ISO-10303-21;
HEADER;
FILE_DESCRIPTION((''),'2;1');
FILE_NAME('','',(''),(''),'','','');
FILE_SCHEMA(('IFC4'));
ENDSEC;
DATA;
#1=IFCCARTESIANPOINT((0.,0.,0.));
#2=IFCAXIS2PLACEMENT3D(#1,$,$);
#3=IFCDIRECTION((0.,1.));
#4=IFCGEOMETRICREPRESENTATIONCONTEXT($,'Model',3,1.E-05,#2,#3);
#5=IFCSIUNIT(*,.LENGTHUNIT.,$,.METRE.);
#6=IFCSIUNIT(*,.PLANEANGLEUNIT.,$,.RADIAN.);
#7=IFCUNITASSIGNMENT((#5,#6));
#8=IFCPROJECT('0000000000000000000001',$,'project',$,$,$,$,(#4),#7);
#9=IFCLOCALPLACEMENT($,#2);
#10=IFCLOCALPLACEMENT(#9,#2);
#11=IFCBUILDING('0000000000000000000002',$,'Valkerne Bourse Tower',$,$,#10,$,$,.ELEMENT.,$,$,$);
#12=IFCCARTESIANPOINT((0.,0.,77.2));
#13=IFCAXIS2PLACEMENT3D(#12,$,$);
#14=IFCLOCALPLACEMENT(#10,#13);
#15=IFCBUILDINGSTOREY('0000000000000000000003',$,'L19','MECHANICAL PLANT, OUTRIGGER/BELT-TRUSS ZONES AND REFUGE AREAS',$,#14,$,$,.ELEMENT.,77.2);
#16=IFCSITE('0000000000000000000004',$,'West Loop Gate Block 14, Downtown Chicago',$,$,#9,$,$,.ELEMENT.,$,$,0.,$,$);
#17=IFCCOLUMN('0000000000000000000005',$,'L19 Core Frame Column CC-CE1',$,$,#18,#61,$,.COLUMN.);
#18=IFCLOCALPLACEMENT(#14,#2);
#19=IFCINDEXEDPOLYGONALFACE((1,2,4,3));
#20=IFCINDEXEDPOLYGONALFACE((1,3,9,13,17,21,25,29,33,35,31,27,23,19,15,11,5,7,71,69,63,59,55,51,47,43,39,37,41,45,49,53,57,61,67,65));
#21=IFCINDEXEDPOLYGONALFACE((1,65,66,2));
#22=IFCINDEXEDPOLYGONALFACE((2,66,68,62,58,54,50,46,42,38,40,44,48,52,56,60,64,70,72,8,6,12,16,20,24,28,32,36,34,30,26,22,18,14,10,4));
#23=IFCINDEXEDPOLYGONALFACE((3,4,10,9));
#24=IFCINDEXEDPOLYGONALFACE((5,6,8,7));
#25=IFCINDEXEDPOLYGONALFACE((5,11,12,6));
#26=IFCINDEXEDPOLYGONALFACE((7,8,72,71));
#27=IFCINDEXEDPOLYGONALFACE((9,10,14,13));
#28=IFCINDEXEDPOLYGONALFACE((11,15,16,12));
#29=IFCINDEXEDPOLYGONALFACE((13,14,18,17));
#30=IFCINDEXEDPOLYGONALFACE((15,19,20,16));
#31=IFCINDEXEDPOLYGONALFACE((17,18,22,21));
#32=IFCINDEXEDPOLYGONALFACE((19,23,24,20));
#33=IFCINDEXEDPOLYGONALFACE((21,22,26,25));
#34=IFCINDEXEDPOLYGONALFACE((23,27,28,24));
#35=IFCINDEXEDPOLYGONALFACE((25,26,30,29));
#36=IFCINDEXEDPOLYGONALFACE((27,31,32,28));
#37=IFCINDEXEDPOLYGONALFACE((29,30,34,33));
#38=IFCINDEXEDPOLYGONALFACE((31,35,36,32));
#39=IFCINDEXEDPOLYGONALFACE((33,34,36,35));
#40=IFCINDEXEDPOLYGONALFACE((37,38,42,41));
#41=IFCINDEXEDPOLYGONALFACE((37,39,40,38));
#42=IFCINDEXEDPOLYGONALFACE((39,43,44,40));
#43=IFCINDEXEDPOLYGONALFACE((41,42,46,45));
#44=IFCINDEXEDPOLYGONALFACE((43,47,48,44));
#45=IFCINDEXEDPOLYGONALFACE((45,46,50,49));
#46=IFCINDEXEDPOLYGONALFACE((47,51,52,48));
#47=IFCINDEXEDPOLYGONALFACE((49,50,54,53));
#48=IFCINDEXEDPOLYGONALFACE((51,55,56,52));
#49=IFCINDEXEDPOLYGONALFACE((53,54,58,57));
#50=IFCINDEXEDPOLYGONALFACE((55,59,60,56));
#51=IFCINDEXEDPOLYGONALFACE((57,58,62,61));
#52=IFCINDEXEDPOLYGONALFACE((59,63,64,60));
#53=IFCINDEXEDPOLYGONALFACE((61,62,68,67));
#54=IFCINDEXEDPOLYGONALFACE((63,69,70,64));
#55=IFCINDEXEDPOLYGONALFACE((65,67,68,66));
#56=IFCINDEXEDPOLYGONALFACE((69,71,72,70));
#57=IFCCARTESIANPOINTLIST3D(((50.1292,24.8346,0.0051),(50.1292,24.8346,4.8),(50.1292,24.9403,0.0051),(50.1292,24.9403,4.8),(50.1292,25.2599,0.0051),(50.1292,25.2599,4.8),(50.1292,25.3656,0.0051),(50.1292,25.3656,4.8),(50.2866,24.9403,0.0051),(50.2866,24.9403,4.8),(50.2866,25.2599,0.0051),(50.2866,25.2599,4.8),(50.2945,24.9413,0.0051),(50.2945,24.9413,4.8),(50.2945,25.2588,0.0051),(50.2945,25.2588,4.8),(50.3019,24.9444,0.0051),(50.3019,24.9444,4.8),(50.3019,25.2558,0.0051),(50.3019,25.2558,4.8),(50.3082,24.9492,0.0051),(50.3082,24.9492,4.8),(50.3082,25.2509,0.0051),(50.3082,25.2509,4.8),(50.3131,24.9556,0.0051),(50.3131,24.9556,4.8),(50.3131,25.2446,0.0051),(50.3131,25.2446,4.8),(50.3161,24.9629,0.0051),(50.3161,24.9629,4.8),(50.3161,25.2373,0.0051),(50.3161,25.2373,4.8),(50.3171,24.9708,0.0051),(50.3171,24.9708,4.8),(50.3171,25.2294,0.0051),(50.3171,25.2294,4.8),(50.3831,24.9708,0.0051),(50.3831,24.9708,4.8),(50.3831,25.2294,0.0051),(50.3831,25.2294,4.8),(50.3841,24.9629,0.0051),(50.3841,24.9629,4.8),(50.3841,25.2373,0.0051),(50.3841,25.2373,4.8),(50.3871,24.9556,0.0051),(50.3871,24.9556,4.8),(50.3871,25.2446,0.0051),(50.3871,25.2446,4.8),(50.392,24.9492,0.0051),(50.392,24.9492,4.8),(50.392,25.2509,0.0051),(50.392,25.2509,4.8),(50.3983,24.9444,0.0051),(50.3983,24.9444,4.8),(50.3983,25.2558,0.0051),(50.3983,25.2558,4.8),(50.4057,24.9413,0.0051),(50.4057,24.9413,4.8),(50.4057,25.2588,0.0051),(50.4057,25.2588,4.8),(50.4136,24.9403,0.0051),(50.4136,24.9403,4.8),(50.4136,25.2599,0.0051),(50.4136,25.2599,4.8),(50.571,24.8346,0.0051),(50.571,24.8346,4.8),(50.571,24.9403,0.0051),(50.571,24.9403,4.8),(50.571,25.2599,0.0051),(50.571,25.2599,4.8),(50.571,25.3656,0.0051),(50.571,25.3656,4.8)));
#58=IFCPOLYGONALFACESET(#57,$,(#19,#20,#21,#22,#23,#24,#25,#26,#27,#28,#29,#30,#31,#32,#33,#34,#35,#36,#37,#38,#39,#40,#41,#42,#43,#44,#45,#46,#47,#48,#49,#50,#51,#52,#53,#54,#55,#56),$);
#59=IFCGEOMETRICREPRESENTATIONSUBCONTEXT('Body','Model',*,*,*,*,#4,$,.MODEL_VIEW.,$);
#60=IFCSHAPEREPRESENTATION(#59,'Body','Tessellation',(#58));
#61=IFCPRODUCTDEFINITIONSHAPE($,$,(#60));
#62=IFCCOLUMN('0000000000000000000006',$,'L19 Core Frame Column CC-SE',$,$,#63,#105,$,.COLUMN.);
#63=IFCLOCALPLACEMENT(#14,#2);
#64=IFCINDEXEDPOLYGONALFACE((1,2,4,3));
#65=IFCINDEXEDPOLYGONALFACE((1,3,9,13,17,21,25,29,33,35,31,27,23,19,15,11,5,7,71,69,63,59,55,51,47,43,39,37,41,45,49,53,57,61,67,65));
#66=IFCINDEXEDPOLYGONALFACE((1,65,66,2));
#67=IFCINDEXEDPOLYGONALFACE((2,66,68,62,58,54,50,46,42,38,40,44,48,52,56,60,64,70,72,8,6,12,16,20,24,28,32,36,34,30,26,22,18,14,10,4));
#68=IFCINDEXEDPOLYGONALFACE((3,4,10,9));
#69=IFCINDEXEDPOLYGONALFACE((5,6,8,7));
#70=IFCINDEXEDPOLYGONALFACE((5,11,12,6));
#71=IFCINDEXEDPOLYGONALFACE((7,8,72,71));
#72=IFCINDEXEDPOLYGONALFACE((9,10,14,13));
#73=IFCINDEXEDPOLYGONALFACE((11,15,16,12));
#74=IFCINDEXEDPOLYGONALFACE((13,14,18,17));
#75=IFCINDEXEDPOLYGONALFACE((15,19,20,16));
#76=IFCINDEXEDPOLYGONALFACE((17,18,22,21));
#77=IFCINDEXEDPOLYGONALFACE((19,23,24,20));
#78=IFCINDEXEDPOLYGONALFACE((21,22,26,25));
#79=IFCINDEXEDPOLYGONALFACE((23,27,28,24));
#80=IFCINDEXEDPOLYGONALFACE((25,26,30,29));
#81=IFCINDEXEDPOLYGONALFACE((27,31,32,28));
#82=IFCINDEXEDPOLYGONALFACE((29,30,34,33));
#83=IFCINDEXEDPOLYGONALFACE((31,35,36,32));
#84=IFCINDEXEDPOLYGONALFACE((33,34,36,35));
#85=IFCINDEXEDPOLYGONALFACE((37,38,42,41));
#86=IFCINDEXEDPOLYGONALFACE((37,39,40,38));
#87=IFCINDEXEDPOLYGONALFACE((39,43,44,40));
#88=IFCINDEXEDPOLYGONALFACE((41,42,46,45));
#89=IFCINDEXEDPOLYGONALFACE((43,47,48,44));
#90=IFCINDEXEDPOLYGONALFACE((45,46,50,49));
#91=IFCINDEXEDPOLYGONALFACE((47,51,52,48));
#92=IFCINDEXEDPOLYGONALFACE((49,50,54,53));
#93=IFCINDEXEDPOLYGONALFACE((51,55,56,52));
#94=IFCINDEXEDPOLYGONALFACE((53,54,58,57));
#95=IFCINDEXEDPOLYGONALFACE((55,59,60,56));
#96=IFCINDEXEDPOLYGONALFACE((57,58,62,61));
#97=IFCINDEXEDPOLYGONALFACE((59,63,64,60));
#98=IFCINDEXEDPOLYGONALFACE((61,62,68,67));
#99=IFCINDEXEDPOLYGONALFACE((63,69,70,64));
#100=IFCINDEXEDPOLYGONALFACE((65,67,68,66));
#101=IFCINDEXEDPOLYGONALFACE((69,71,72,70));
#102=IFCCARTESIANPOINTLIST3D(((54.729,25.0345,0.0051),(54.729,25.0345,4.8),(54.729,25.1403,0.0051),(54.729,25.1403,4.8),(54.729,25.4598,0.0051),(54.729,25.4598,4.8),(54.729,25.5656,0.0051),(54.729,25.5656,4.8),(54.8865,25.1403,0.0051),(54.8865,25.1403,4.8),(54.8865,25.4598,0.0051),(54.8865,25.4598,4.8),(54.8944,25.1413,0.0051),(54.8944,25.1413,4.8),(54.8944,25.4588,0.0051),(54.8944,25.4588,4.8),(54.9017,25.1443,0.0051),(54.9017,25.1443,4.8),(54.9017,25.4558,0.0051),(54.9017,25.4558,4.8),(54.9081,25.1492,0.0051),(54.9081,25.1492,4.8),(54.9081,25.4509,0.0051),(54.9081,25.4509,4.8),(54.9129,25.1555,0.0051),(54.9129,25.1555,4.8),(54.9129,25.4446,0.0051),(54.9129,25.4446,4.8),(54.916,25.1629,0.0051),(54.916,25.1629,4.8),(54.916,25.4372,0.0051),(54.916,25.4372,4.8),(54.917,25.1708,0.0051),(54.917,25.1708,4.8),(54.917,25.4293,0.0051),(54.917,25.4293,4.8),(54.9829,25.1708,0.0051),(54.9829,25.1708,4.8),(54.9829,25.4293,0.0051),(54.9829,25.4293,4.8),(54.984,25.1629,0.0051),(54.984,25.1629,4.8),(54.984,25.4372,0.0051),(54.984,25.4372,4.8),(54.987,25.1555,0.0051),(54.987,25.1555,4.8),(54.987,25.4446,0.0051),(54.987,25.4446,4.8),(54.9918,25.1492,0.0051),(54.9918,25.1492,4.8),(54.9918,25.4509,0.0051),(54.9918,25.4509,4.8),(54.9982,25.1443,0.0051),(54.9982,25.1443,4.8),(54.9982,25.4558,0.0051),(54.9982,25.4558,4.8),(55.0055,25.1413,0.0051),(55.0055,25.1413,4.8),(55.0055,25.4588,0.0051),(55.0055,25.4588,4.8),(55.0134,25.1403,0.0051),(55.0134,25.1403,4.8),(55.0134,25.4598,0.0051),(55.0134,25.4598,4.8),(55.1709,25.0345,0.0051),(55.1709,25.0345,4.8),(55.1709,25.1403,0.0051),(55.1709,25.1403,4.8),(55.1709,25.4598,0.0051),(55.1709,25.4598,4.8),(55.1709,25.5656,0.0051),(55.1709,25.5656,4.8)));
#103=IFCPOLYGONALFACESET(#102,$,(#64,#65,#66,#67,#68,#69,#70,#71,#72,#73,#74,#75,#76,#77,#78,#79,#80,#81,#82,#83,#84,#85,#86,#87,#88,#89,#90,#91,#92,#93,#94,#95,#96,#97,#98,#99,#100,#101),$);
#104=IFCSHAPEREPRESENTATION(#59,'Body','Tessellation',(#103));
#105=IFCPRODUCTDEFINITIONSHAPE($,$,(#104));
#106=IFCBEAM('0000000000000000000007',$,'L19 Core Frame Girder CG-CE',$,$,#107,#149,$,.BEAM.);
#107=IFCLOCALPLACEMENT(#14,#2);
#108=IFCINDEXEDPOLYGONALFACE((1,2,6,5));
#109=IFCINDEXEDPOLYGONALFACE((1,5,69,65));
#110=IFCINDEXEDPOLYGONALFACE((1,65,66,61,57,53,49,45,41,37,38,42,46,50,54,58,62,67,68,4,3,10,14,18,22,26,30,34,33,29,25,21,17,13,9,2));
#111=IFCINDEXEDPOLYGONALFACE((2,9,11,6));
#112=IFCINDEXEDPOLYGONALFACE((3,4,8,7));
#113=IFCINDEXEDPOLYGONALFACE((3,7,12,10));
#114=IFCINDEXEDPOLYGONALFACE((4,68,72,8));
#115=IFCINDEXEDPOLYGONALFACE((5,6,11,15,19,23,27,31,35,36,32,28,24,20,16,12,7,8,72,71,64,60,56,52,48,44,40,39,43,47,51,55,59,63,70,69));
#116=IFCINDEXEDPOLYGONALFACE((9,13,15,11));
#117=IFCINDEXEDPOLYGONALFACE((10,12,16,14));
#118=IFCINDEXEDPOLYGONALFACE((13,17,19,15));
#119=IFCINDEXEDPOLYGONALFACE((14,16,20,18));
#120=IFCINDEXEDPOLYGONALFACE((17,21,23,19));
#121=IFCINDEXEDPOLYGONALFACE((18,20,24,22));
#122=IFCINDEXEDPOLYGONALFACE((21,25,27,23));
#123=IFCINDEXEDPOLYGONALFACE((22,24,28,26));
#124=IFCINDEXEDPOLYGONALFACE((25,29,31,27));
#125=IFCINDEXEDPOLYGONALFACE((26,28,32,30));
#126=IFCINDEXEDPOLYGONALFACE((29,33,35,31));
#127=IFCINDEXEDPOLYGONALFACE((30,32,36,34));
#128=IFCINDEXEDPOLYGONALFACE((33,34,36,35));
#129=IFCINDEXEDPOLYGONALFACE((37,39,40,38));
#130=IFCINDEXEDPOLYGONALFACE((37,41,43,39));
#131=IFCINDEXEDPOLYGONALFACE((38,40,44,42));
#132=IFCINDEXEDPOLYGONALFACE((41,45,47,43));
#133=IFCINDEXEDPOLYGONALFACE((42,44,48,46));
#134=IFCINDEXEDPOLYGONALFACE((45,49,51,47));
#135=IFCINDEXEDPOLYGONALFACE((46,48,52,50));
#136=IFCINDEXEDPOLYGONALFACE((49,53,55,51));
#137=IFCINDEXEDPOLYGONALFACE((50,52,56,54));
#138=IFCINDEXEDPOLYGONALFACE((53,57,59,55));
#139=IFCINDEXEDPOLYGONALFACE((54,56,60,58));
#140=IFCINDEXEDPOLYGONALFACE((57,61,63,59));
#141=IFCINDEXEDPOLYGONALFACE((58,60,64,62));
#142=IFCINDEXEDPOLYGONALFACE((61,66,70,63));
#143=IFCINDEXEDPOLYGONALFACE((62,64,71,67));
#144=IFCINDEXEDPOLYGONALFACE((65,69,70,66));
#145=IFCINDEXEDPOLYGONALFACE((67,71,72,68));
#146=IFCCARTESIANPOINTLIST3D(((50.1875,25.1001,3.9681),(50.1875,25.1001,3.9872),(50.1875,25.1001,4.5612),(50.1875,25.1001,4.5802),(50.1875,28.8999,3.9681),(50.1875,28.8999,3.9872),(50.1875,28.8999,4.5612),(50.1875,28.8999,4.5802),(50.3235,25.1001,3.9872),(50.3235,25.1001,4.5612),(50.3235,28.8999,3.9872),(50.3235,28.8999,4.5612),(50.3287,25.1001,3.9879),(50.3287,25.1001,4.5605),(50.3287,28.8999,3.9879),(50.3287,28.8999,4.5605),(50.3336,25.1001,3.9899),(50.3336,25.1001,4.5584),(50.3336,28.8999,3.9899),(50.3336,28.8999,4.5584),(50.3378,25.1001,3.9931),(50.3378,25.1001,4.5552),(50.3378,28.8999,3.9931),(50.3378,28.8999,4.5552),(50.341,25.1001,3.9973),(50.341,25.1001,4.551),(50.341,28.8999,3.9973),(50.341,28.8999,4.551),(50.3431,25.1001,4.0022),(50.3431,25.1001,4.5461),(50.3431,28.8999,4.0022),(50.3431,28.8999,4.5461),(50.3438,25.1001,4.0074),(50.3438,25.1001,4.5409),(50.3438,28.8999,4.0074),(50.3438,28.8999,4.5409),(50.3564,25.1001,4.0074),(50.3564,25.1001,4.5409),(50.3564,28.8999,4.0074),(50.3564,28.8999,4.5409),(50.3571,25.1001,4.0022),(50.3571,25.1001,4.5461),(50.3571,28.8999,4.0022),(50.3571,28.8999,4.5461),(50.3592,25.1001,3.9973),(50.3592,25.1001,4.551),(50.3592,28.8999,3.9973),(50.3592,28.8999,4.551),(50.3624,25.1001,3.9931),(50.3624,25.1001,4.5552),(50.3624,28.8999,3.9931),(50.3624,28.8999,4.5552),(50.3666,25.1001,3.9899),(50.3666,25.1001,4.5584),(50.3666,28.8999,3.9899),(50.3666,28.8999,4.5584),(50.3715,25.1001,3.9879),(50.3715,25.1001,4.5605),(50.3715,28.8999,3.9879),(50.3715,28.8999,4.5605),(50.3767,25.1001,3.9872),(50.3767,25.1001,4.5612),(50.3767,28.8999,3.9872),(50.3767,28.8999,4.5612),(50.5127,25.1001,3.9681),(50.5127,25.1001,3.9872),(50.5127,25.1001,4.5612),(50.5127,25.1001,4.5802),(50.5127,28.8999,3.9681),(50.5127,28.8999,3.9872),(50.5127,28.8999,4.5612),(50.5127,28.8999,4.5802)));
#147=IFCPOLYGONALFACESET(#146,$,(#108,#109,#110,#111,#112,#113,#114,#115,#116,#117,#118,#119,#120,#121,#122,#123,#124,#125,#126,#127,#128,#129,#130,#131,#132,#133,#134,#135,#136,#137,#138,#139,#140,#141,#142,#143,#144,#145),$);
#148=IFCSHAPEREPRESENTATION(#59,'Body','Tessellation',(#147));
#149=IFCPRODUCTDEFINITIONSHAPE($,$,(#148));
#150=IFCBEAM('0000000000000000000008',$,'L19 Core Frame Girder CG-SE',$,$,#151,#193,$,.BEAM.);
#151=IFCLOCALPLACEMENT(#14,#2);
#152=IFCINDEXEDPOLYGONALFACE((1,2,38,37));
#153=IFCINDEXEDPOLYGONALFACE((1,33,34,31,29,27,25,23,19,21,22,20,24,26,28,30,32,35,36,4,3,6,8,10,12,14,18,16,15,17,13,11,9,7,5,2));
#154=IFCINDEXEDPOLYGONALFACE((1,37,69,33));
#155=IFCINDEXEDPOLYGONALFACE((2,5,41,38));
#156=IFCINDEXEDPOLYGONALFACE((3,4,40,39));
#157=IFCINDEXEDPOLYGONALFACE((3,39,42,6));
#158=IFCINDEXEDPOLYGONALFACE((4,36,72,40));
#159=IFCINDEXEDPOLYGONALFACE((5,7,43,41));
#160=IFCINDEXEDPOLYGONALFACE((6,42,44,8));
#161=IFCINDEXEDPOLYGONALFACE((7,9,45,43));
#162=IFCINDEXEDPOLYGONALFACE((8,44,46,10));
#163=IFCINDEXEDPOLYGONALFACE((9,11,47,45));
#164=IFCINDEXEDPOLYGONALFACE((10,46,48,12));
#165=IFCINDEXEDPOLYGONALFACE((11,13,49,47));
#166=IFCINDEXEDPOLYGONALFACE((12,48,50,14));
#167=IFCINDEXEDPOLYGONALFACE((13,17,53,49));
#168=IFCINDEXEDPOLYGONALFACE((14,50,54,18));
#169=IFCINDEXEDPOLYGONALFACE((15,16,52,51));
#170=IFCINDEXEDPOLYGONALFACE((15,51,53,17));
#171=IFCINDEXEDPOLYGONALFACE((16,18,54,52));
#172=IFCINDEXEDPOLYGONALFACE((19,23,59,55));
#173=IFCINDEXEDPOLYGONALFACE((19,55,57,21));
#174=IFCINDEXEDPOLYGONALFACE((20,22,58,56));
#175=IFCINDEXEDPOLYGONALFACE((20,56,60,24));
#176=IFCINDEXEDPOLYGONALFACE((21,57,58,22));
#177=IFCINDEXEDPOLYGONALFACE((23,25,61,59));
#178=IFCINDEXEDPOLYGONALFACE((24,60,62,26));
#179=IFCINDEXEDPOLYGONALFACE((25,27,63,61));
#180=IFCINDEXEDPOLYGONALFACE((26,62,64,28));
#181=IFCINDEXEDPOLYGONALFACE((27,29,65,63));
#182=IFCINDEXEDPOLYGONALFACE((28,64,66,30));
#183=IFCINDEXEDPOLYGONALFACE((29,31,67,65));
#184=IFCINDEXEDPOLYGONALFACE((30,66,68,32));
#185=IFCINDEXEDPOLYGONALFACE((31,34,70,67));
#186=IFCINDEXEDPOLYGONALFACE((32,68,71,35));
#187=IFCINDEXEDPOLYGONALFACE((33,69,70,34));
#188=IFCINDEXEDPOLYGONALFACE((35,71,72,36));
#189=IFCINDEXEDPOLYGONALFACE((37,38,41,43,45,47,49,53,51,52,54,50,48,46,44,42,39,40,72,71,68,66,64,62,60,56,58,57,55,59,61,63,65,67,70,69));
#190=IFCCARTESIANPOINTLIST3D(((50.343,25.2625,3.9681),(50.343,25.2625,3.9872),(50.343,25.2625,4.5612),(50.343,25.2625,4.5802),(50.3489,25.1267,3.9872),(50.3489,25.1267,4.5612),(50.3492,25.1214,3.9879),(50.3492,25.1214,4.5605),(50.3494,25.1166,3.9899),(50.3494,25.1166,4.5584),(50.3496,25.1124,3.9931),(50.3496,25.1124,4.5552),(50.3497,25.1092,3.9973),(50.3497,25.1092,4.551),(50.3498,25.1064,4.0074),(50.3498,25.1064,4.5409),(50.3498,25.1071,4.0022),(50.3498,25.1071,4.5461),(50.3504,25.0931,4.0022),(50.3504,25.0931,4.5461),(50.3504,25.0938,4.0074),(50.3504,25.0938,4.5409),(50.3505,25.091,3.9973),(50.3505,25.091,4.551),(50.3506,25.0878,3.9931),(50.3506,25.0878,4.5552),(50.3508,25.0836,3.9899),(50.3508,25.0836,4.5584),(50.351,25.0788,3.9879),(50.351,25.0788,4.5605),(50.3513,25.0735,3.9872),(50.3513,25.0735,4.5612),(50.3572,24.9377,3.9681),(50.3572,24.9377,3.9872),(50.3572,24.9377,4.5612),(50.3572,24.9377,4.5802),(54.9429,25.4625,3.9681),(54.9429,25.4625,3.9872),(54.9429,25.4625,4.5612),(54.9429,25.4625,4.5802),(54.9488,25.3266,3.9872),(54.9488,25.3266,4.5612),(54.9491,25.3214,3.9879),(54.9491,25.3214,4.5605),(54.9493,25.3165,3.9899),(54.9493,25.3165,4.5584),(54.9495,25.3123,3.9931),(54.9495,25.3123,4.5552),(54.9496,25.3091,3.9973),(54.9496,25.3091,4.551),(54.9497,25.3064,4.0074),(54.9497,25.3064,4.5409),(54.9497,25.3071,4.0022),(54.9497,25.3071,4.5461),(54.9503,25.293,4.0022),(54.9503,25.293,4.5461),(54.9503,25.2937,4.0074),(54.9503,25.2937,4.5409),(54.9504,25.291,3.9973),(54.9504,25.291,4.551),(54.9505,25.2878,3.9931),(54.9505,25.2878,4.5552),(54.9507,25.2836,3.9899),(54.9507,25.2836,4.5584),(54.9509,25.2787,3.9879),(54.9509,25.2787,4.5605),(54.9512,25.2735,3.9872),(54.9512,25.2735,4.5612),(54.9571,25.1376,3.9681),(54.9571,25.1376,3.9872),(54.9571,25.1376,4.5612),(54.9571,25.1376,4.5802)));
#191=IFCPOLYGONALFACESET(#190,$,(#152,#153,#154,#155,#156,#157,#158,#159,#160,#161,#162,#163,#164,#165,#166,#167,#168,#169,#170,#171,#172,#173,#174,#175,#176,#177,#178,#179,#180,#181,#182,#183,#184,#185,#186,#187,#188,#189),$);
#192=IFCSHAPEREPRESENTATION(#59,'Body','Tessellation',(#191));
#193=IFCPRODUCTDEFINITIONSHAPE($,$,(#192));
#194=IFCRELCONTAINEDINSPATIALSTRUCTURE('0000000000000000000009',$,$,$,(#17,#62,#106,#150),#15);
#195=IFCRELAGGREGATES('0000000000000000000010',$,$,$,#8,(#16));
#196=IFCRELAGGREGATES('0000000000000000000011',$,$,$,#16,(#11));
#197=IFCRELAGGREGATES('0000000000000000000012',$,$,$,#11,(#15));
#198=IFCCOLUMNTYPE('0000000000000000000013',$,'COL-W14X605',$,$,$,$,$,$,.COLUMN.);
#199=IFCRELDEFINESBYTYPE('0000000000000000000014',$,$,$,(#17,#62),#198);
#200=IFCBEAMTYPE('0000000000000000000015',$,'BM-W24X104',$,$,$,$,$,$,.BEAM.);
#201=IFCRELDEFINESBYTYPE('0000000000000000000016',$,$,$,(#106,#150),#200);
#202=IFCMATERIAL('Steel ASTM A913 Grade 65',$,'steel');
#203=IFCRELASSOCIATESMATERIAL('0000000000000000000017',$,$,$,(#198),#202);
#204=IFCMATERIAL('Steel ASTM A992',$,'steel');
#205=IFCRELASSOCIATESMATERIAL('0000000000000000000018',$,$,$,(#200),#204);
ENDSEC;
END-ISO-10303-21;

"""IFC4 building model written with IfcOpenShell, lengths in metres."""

from ifc_helpers import new_model, si_unit, direction, frame, origin, origin_2d, place, context, subcontext, project, spatial, i_section, extrude, material, material_profile, profile_set, type_object, element, save


model = new_model("IFC4")

# Units and contexts
model_context = context("Model", 3, precision=1e-05, world=origin(), true_north=direction((0.0, 1.0)))
body_context = subcontext(model_context, "Body", "Model", "MODEL_VIEW")
ifc_project = project(units=[si_unit("LENGTHUNIT", "METRE"), si_unit("PLANEANGLEUNIT", "RADIAN")], contexts=[model_context])

# Site, building, storey
site_placement = place(None, origin())
site = spatial("IfcSite", under=ifc_project, at=site_placement, Name="West Loop Gate Block 14, Downtown Chicago", CompositionType="ELEMENT", RefElevation=0.0)
building_placement = place(site_placement, origin())
building = spatial("IfcBuilding", under=site, at=building_placement, Name="Valkerne Bourse Tower", CompositionType="ELEMENT")
storey_placement = place(building_placement, frame((0.0, 0.0, 77.2)))
storey = spatial("IfcBuildingStorey", under=building, at=storey_placement, Name="L19", Description="MECHANICAL PLANT, OUTRIGGER/BELT-TRUSS ZONES AND REFUGE AREAS", CompositionType="ELEMENT", Elevation=77.2)

# Columns
ifc_material_1 = material(Name="Steel ASTM A913 Grade 65", Category="steel")
ifc_material_profile_1 = material_profile(ifc_material_1, i_section(OverallWidth=0.4419, OverallDepth=0.531, WebThickness=0.0659, FlangeThickness=0.1057, FilletRadius=0.0305, at=origin_2d()), Name="W14X605")
ifc_profile_set_1 = profile_set([ifc_material_profile_1], Name="Steel ASTM A913 Grade 65")
column_type = type_object("IfcColumnType", Name="COL-W14X605", PredefinedType="COLUMN", material=ifc_profile_set_1)
for number, where, z_axis, x_axis, name in (
    (1, (50.3501, 25.1001, 0.0051), (0.0, 0.0, 1.0), (1.0, 0.0, 0.0), "L19 Core Frame Column CC-CE1"),
    (2, (54.95, 25.3, 0.0051), (0.0, 0.0, 1.0), (1.0, 0.0, 0.0), "L19 Core Frame Column CC-SE"),
):
    element("IfcColumn", number, at=place(storey_placement, frame(where, z_axis=z_axis, x_axis=x_axis)), inside=storey, type_object=column_type, Name=name, PredefinedType="COLUMN", context=body_context, shape_type="SweptSolid", body=[
        extrude(i_section(OverallWidth=0.4419, OverallDepth=0.531, WebThickness=0.0659, FlangeThickness=0.1057, FilletRadius=0.0305, at=origin_2d()), origin(), (0.0, 0.0, 1.0), 4.7949),
    ])

# Beams
ifc_material_2 = material(Name="Steel ASTM A992", Category="steel")
ifc_material_profile_2 = material_profile(ifc_material_2, i_section(OverallWidth=0.3252, OverallDepth=0.6121, WebThickness=0.0127, FlangeThickness=0.019, FilletRadius=0.0203, at=origin_2d()), Name="W24X104")
ifc_profile_set_2 = profile_set([ifc_material_profile_2], Name="Steel ASTM A992")
beam_type = type_object("IfcBeamType", Name="BM-W24X104", PredefinedType="BEAM", material=ifc_profile_set_2)
beam_1_placement = place(storey_placement, frame((50.3501, 25.1001, 4.2742), z_axis=(0.0, 1.0, 0.0), x_axis=(-1.0, 0.0, 0.0)))
element("IfcBeam", 3, at=beam_1_placement, inside=storey, type_object=beam_type, Name="L19 Core Frame Girder CG-CE", PredefinedType="BEAM", context=body_context, shape_type="SweptSolid", body=[
    extrude(i_section(OverallWidth=0.3252, OverallDepth=0.6121, WebThickness=0.0127, FlangeThickness=0.019, FilletRadius=0.0203, at=origin_2d()), origin(), (0.0, 0.0, 1.0), 3.7998),
])
beam_2_placement = place(storey_placement, frame((50.3501, 25.1001, 4.2742), z_axis=(0.999057, 0.043428, 0.0), x_axis=(-0.043428, 0.999057, 0.0)))
element("IfcBeam", 4, at=beam_2_placement, inside=storey, type_object=beam_type, Name="L19 Core Frame Girder CG-SE", PredefinedType="BEAM", context=body_context, shape_type="SweptSolid", body=[
    extrude(i_section(OverallWidth=0.3252, OverallDepth=0.6121, WebThickness=0.0127, FlangeThickness=0.019, FilletRadius=0.0203, at=origin_2d()), origin(), (0.0, 0.0, 1.0), 4.6042),
])

save(model, "model.ifc")
